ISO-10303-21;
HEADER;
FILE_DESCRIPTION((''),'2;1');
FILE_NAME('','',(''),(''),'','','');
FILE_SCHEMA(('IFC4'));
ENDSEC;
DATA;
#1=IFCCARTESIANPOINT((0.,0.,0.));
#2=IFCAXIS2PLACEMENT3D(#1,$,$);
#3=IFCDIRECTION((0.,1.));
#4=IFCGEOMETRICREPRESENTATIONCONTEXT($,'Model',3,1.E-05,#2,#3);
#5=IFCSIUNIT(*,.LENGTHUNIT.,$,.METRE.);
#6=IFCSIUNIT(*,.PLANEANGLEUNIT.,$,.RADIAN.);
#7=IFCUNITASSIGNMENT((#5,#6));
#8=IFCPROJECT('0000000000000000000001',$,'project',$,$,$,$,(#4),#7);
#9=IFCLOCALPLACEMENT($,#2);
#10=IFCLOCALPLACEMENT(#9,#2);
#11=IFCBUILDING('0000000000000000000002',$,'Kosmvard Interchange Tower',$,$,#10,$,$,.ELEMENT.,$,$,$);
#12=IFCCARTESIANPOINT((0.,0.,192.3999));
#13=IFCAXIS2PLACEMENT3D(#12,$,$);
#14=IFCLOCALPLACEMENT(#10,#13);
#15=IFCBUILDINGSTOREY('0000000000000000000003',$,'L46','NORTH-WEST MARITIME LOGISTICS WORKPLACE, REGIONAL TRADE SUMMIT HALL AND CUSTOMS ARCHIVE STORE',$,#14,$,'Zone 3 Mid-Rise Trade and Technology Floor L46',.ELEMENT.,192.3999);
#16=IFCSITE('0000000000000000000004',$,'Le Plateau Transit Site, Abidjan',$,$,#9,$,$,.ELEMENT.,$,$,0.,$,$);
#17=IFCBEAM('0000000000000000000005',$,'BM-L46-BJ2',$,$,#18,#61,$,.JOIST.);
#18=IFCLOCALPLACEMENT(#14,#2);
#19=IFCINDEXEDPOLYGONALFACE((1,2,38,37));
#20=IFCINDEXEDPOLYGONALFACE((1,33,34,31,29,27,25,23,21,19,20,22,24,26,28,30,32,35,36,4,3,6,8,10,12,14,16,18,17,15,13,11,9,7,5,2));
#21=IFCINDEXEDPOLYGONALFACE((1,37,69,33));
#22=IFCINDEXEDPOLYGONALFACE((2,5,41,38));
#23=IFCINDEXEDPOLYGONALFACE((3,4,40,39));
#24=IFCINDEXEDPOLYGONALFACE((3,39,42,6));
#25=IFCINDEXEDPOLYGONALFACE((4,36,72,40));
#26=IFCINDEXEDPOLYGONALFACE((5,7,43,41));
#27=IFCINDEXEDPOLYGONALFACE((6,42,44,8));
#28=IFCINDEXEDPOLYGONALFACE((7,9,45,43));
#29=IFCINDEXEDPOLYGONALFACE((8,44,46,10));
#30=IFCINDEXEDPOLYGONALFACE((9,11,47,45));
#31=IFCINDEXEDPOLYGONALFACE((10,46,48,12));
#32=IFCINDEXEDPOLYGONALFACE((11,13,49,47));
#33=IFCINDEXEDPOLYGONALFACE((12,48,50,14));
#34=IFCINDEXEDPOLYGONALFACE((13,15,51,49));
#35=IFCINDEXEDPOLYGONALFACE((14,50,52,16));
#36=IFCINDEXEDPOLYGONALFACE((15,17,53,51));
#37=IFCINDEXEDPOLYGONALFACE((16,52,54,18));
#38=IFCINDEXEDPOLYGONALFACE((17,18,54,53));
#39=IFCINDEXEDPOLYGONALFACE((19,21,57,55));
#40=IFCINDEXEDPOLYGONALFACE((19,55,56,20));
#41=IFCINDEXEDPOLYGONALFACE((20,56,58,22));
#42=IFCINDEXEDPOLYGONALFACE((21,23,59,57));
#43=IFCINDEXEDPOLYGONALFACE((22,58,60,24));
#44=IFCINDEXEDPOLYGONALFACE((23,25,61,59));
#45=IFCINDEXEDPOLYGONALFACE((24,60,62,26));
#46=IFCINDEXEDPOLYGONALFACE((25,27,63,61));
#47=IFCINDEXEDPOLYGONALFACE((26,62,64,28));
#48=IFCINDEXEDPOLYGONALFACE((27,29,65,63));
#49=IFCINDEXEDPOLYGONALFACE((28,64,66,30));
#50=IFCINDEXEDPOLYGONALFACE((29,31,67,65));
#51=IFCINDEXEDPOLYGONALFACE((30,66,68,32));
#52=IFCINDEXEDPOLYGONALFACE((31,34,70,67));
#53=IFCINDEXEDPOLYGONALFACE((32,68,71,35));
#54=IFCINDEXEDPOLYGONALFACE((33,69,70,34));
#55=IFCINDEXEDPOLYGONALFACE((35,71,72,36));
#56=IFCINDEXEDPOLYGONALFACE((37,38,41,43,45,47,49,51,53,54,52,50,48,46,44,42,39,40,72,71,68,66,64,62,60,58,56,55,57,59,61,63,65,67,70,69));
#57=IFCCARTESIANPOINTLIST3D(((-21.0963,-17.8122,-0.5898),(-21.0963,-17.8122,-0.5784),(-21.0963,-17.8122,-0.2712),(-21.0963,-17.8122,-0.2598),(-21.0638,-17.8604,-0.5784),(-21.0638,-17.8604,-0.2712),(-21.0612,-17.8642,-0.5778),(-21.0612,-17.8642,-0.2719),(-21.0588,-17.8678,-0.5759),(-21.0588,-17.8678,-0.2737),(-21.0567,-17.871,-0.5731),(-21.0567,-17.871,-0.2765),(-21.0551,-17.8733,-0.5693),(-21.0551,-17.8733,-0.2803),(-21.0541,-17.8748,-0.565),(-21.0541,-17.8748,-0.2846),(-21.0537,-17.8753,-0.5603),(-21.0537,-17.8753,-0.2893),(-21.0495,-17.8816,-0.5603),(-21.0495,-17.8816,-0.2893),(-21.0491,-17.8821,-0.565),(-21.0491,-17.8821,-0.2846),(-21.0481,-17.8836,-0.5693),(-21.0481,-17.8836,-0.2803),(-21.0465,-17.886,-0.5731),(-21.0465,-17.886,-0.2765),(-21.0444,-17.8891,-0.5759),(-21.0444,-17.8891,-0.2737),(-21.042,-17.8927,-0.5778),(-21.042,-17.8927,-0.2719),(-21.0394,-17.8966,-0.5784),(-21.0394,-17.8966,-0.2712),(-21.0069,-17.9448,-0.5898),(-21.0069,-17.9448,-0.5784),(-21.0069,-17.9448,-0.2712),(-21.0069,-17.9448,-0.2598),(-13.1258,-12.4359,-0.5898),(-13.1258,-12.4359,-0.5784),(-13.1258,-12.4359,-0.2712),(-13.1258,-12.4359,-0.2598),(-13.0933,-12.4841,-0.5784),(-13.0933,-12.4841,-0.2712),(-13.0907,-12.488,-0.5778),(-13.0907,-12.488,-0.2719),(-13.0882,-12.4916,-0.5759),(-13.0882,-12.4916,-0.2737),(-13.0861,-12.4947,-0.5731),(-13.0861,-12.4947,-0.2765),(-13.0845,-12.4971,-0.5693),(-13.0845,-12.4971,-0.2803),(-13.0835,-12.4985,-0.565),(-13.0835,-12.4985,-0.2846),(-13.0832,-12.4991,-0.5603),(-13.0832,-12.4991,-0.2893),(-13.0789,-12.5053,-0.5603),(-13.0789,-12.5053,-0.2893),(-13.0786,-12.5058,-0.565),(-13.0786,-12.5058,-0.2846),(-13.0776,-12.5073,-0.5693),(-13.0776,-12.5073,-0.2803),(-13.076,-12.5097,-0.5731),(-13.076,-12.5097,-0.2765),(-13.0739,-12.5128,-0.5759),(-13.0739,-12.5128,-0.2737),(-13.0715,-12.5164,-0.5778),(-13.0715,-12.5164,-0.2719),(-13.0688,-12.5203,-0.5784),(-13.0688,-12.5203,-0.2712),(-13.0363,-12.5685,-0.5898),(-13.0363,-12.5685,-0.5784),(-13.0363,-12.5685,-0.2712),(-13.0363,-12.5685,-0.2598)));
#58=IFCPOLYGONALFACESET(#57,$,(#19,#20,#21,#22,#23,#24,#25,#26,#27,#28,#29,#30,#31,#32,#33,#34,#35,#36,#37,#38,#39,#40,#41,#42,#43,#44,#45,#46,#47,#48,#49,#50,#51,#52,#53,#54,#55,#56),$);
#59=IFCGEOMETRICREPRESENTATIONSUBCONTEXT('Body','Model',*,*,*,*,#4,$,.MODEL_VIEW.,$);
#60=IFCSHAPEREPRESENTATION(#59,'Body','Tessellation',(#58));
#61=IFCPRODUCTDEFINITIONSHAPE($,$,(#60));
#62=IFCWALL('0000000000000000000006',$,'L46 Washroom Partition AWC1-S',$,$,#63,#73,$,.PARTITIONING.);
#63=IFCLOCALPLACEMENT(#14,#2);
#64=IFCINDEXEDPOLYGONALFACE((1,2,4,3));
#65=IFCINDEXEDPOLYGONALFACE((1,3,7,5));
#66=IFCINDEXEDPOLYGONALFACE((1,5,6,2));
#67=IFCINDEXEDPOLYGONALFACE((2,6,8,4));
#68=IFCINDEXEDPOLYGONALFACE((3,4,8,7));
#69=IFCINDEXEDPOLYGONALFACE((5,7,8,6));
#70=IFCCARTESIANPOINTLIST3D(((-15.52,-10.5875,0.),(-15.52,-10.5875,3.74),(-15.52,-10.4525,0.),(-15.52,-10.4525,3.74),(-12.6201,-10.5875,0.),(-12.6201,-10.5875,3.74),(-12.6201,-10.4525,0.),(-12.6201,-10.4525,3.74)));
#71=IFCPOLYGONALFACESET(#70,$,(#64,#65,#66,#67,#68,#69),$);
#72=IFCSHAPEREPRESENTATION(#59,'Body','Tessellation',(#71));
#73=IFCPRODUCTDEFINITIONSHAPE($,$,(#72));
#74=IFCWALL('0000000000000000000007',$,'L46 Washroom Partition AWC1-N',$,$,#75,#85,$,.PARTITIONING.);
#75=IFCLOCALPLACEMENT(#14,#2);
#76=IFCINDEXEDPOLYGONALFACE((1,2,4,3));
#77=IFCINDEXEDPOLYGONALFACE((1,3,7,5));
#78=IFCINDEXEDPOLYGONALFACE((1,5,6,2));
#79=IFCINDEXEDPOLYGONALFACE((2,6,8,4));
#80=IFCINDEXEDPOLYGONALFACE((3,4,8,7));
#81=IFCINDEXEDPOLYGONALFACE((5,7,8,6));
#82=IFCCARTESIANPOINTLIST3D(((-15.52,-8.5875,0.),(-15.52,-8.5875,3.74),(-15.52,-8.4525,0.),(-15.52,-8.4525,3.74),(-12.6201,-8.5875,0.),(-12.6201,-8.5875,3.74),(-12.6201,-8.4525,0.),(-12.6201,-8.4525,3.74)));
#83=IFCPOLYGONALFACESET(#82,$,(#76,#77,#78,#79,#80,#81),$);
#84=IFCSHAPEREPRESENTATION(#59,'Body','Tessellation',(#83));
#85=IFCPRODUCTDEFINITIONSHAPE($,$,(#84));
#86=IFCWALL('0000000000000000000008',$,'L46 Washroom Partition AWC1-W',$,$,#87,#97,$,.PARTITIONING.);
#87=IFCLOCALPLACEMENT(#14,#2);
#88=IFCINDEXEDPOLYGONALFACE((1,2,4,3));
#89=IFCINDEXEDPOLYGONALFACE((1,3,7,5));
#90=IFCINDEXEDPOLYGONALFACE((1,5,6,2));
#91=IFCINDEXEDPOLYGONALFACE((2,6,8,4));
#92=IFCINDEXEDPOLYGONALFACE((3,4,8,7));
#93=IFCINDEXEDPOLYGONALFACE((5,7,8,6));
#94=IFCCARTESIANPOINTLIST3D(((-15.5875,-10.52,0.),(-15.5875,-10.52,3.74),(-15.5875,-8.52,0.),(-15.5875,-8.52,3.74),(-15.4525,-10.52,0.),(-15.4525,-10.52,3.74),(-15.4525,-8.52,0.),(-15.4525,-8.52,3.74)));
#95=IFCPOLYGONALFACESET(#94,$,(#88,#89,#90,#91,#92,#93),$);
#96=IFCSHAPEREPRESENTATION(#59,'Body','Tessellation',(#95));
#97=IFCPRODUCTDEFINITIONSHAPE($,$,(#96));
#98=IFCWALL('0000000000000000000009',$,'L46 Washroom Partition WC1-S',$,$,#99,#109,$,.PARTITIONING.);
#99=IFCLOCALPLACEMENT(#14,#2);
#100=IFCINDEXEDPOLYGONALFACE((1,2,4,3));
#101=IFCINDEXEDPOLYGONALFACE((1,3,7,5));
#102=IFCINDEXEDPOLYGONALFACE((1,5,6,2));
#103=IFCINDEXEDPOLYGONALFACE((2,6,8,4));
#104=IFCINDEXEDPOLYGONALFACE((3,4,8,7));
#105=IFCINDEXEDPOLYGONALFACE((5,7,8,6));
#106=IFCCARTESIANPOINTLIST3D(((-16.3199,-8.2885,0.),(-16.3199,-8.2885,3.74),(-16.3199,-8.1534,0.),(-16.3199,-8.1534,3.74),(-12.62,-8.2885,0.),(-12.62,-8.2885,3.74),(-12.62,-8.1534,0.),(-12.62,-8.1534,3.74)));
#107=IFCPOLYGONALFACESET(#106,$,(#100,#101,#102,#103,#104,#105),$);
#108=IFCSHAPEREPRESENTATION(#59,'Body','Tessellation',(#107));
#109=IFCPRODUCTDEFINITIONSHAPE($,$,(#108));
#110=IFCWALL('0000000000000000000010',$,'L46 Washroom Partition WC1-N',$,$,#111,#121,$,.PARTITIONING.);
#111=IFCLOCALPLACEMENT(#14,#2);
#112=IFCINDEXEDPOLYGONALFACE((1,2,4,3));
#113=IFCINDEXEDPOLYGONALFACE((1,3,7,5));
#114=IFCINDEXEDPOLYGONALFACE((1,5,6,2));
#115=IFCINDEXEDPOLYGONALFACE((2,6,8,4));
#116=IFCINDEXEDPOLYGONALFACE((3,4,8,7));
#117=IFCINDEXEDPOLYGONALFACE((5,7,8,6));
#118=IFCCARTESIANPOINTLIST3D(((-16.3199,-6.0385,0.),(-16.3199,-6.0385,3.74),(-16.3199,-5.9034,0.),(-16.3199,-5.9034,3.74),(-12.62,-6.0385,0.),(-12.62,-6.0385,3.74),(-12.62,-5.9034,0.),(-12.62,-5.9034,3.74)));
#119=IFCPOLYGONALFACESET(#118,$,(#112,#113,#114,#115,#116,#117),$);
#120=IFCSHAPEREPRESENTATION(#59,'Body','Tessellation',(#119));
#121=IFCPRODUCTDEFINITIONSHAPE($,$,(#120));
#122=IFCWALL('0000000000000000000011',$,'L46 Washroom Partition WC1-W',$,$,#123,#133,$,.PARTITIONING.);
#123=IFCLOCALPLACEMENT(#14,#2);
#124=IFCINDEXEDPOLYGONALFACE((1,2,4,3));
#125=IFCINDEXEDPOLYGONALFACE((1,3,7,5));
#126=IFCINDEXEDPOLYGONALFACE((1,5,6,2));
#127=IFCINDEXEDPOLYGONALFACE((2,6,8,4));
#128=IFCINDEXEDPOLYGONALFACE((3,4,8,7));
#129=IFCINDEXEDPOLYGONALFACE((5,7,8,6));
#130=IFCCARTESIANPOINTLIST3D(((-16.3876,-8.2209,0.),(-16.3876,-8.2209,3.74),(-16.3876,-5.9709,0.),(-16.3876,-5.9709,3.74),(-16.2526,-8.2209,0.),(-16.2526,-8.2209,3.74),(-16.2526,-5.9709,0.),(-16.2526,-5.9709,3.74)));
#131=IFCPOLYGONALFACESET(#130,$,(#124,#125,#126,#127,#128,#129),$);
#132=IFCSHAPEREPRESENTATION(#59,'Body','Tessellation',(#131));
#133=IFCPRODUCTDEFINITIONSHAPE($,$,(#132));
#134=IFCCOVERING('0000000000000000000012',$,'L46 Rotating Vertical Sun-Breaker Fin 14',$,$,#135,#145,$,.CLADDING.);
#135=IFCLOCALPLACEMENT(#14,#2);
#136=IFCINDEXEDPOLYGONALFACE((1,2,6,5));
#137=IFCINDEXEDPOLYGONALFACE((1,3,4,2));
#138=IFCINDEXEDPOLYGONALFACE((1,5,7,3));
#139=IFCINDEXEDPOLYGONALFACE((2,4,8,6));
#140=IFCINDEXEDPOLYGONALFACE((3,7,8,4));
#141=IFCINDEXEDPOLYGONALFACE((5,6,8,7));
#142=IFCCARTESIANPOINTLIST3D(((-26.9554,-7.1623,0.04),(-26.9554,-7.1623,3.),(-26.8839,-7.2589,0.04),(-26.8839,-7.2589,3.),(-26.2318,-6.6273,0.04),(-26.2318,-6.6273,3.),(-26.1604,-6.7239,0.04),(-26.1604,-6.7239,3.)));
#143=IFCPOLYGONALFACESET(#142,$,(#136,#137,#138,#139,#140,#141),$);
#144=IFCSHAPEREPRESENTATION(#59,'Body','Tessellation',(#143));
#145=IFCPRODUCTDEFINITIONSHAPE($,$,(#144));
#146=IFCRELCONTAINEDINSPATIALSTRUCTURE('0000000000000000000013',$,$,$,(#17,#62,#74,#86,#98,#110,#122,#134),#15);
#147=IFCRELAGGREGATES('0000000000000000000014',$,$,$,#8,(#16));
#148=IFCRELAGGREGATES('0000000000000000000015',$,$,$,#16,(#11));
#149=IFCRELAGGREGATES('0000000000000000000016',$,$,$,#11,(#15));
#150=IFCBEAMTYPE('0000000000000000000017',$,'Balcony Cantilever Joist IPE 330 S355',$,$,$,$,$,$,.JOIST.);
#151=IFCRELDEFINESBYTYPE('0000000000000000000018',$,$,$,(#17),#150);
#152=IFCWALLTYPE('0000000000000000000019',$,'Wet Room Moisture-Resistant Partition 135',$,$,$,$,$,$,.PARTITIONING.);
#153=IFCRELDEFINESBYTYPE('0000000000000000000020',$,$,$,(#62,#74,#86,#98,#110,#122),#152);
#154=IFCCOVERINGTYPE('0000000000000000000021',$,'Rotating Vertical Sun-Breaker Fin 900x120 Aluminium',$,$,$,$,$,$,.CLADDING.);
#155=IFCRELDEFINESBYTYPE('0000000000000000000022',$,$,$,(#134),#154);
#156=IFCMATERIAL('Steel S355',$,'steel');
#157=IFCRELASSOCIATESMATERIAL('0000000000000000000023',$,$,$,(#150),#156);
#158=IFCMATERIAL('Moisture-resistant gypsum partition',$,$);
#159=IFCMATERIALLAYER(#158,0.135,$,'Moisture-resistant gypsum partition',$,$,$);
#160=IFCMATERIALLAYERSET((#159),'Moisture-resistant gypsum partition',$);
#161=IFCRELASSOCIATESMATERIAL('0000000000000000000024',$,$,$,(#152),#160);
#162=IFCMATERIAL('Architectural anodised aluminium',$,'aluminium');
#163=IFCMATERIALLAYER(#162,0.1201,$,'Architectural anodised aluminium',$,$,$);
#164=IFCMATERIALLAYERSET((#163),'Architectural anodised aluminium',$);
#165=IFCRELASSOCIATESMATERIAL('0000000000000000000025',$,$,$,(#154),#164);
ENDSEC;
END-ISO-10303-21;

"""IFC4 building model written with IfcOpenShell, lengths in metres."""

from ifc_helpers import new_model, si_unit, direction, frame, frame_2d, origin, origin_2d, place, context, subcontext, project, spatial, rectangle, i_section, extrude, source, transform, mapped, material, layer, layer_set, material_profile, profile_set, type_object, element, save


model = new_model("IFC4")

# Units and contexts
model_context = context("Model", 3, precision=1e-05, world=origin(), true_north=direction((0.0, 1.0)))
body_context = subcontext(model_context, "Body", "Model", "MODEL_VIEW")
ifc_project = project(units=[si_unit("LENGTHUNIT", "METRE"), si_unit("PLANEANGLEUNIT", "RADIAN")], contexts=[model_context])

# Site, building, storey
site_placement = place(None, origin())
site = spatial("IfcSite", under=ifc_project, at=site_placement, Name="Le Plateau Transit Site, Abidjan", CompositionType="ELEMENT", RefElevation=0.0)
building_placement = place(site_placement, origin())
building = spatial("IfcBuilding", under=site, at=building_placement, Name="Kosmvard Interchange Tower", CompositionType="ELEMENT")
storey_placement = place(building_placement, frame((0.0, 0.0, 192.3999)))
storey = spatial("IfcBuildingStorey", under=building, at=storey_placement, Name="L46", Description="NORTH-WEST MARITIME LOGISTICS WORKPLACE, REGIONAL TRADE SUMMIT HALL AND CUSTOMS ARCHIVE STORE", LongName="Zone 3 Mid-Rise Trade and Technology Floor L46", CompositionType="ELEMENT", Elevation=192.3999)

# Beam
ifc_material_1 = material(Name="Steel S355", Category="steel")
ifc_material_profile_1 = material_profile(ifc_material_1, i_section(OverallWidth=0.1599, OverallDepth=0.3301, WebThickness=0.0076, FlangeThickness=0.0115, FilletRadius=0.0181, at=origin_2d()), Name="IPE 330")
ifc_profile_set_1 = profile_set([ifc_material_profile_1], Name="Steel S355")
beam_type_1 = type_object("IfcBeamType", Name="Balcony Cantilever Joist IPE 330 S355", PredefinedType="JOIST", material=ifc_profile_set_1)
shared_shape_1 = source(origin(), body_context, "Body", "SweptSolid", [
    extrude(i_section(OverallWidth=0.1599, OverallDepth=0.3301, WebThickness=0.0076, FlangeThickness=0.0115, FilletRadius=0.0181, at=origin_2d()), origin(), (0.0, 0.0, 1.0), 9.6143),
])
beam_1_placement = place(storey_placement, frame((-13.0811, -12.5022, -0.4248), z_axis=(-0.829034, -0.559198, 0.0), x_axis=(0.559198, -0.829034, 0.0)))
element("IfcBeam", 1, at=beam_1_placement, inside=storey, type_object=beam_type_1, Name="BM-L46-BJ2", PredefinedType="JOIST", context=body_context, shape_type="MappedRepresentation", body=[
    mapped(shared_shape_1, transform((0.0, 0.0, 0.0), scale=1.0)),
])

# Walls
ifc_material_2 = material(Name="Moisture-resistant gypsum partition")
ifc_layer_1 = layer(ifc_material_2, 0.135, Name="Moisture-resistant gypsum partition")
ifc_layer_set_1 = layer_set([ifc_layer_1], Name="Moisture-resistant gypsum partition")
wall_type = type_object("IfcWallType", Name="Wet Room Moisture-Resistant Partition 135", PredefinedType="PARTITIONING", material=ifc_layer_set_1)
for number, where, z_axis, x_axis, name in (
    (2, (-15.52, -10.52, 0.0), (0.0, 0.0, 1.0), (1.0, 0.0, 0.0), "L46 Washroom Partition AWC1-S"),
    (3, (-15.52, -8.52, 0.0), (0.0, 0.0, 1.0), (1.0, 0.0, 0.0), "L46 Washroom Partition AWC1-N"),
):
    element("IfcWall", number, at=place(storey_placement, frame(where, z_axis=z_axis, x_axis=x_axis)), inside=storey, type_object=wall_type, Name=name, PredefinedType="PARTITIONING", context=body_context, shape_type="SweptSolid", body=[
        extrude(rectangle(XDim=2.8999, YDim=0.135, at=frame_2d((1.45, 0.0))), origin(), (0.0, 0.0, 1.0), 3.74),
    ])
wall_1_placement = place(storey_placement, frame((-15.52, -10.52, 0.0), z_axis=(0.0, 0.0, 1.0), x_axis=(0.0, 1.0, 0.0)))
element("IfcWall", 4, at=wall_1_placement, inside=storey, type_object=wall_type, Name="L46 Washroom Partition AWC1-W", PredefinedType="PARTITIONING", context=body_context, shape_type="SweptSolid", body=[
    extrude(rectangle(XDim=2.0, YDim=0.135, at=frame_2d((1.0, 0.0))), origin(), (0.0, 0.0, 1.0), 3.74),
])
for number, where, z_axis, x_axis, name in (
    (5, (-16.3201, -8.2209, 0.0), (0.0, 0.0, 1.0), (1.0, 0.0, 0.0), "L46 Washroom Partition WC1-S"),
    (6, (-16.3201, -5.9709, 0.0), (0.0, 0.0, 1.0), (1.0, 0.0, 0.0), "L46 Washroom Partition WC1-N"),
):
    element("IfcWall", number, at=place(storey_placement, frame(where, z_axis=z_axis, x_axis=x_axis)), inside=storey, type_object=wall_type, Name=name, PredefinedType="PARTITIONING", context=body_context, shape_type="SweptSolid", body=[
        extrude(rectangle(XDim=3.7, YDim=0.135, at=frame_2d((1.8501, 0.0))), origin(), (0.0, 0.0, 1.0), 3.74),
    ])
wall_2_placement = place(storey_placement, frame((-16.3201, -8.2209, 0.0), z_axis=(0.0, 0.0, 1.0), x_axis=(0.0, 1.0, 0.0)))
element("IfcWall", 7, at=wall_2_placement, inside=storey, type_object=wall_type, Name="L46 Washroom Partition WC1-W", PredefinedType="PARTITIONING", context=body_context, shape_type="SweptSolid", body=[
    extrude(rectangle(XDim=2.25, YDim=0.135, at=frame_2d((1.125, 0.0))), origin(), (0.0, 0.0, 1.0), 3.74),
])

# Covering
ifc_material_3 = material(Name="Architectural anodised aluminium", Category="aluminium")
ifc_layer_2 = layer(ifc_material_3, 0.1201, Name="Architectural anodised aluminium")
ifc_layer_set_2 = layer_set([ifc_layer_2], Name="Architectural anodised aluminium")
covering_type = type_object("IfcCoveringType", Name="Rotating Vertical Sun-Breaker Fin 900x120 Aluminium", PredefinedType="CLADDING", material=ifc_layer_set_2)
shared_shape_2 = source(origin(), body_context, "Body", "SweptSolid", [
    extrude(rectangle(XDim=0.8999, YDim=0.1201, at=origin_2d()), origin(), (0.0, 0.0, 1.0), 2.96),
])
covering_placement = place(storey_placement, frame((-26.5579, -6.9431, 0.04), z_axis=(0.0, 0.0, 1.0), x_axis=(-0.804064, -0.594542, 0.0)))
element("IfcCovering", 8, at=covering_placement, inside=storey, type_object=covering_type, Name="L46 Rotating Vertical Sun-Breaker Fin 14", PredefinedType="CLADDING", context=body_context, shape_type="MappedRepresentation", body=[
    mapped(shared_shape_2, transform((0.0, 0.0, 0.0), scale=1.0)),
])

save(model, "model.ifc")
